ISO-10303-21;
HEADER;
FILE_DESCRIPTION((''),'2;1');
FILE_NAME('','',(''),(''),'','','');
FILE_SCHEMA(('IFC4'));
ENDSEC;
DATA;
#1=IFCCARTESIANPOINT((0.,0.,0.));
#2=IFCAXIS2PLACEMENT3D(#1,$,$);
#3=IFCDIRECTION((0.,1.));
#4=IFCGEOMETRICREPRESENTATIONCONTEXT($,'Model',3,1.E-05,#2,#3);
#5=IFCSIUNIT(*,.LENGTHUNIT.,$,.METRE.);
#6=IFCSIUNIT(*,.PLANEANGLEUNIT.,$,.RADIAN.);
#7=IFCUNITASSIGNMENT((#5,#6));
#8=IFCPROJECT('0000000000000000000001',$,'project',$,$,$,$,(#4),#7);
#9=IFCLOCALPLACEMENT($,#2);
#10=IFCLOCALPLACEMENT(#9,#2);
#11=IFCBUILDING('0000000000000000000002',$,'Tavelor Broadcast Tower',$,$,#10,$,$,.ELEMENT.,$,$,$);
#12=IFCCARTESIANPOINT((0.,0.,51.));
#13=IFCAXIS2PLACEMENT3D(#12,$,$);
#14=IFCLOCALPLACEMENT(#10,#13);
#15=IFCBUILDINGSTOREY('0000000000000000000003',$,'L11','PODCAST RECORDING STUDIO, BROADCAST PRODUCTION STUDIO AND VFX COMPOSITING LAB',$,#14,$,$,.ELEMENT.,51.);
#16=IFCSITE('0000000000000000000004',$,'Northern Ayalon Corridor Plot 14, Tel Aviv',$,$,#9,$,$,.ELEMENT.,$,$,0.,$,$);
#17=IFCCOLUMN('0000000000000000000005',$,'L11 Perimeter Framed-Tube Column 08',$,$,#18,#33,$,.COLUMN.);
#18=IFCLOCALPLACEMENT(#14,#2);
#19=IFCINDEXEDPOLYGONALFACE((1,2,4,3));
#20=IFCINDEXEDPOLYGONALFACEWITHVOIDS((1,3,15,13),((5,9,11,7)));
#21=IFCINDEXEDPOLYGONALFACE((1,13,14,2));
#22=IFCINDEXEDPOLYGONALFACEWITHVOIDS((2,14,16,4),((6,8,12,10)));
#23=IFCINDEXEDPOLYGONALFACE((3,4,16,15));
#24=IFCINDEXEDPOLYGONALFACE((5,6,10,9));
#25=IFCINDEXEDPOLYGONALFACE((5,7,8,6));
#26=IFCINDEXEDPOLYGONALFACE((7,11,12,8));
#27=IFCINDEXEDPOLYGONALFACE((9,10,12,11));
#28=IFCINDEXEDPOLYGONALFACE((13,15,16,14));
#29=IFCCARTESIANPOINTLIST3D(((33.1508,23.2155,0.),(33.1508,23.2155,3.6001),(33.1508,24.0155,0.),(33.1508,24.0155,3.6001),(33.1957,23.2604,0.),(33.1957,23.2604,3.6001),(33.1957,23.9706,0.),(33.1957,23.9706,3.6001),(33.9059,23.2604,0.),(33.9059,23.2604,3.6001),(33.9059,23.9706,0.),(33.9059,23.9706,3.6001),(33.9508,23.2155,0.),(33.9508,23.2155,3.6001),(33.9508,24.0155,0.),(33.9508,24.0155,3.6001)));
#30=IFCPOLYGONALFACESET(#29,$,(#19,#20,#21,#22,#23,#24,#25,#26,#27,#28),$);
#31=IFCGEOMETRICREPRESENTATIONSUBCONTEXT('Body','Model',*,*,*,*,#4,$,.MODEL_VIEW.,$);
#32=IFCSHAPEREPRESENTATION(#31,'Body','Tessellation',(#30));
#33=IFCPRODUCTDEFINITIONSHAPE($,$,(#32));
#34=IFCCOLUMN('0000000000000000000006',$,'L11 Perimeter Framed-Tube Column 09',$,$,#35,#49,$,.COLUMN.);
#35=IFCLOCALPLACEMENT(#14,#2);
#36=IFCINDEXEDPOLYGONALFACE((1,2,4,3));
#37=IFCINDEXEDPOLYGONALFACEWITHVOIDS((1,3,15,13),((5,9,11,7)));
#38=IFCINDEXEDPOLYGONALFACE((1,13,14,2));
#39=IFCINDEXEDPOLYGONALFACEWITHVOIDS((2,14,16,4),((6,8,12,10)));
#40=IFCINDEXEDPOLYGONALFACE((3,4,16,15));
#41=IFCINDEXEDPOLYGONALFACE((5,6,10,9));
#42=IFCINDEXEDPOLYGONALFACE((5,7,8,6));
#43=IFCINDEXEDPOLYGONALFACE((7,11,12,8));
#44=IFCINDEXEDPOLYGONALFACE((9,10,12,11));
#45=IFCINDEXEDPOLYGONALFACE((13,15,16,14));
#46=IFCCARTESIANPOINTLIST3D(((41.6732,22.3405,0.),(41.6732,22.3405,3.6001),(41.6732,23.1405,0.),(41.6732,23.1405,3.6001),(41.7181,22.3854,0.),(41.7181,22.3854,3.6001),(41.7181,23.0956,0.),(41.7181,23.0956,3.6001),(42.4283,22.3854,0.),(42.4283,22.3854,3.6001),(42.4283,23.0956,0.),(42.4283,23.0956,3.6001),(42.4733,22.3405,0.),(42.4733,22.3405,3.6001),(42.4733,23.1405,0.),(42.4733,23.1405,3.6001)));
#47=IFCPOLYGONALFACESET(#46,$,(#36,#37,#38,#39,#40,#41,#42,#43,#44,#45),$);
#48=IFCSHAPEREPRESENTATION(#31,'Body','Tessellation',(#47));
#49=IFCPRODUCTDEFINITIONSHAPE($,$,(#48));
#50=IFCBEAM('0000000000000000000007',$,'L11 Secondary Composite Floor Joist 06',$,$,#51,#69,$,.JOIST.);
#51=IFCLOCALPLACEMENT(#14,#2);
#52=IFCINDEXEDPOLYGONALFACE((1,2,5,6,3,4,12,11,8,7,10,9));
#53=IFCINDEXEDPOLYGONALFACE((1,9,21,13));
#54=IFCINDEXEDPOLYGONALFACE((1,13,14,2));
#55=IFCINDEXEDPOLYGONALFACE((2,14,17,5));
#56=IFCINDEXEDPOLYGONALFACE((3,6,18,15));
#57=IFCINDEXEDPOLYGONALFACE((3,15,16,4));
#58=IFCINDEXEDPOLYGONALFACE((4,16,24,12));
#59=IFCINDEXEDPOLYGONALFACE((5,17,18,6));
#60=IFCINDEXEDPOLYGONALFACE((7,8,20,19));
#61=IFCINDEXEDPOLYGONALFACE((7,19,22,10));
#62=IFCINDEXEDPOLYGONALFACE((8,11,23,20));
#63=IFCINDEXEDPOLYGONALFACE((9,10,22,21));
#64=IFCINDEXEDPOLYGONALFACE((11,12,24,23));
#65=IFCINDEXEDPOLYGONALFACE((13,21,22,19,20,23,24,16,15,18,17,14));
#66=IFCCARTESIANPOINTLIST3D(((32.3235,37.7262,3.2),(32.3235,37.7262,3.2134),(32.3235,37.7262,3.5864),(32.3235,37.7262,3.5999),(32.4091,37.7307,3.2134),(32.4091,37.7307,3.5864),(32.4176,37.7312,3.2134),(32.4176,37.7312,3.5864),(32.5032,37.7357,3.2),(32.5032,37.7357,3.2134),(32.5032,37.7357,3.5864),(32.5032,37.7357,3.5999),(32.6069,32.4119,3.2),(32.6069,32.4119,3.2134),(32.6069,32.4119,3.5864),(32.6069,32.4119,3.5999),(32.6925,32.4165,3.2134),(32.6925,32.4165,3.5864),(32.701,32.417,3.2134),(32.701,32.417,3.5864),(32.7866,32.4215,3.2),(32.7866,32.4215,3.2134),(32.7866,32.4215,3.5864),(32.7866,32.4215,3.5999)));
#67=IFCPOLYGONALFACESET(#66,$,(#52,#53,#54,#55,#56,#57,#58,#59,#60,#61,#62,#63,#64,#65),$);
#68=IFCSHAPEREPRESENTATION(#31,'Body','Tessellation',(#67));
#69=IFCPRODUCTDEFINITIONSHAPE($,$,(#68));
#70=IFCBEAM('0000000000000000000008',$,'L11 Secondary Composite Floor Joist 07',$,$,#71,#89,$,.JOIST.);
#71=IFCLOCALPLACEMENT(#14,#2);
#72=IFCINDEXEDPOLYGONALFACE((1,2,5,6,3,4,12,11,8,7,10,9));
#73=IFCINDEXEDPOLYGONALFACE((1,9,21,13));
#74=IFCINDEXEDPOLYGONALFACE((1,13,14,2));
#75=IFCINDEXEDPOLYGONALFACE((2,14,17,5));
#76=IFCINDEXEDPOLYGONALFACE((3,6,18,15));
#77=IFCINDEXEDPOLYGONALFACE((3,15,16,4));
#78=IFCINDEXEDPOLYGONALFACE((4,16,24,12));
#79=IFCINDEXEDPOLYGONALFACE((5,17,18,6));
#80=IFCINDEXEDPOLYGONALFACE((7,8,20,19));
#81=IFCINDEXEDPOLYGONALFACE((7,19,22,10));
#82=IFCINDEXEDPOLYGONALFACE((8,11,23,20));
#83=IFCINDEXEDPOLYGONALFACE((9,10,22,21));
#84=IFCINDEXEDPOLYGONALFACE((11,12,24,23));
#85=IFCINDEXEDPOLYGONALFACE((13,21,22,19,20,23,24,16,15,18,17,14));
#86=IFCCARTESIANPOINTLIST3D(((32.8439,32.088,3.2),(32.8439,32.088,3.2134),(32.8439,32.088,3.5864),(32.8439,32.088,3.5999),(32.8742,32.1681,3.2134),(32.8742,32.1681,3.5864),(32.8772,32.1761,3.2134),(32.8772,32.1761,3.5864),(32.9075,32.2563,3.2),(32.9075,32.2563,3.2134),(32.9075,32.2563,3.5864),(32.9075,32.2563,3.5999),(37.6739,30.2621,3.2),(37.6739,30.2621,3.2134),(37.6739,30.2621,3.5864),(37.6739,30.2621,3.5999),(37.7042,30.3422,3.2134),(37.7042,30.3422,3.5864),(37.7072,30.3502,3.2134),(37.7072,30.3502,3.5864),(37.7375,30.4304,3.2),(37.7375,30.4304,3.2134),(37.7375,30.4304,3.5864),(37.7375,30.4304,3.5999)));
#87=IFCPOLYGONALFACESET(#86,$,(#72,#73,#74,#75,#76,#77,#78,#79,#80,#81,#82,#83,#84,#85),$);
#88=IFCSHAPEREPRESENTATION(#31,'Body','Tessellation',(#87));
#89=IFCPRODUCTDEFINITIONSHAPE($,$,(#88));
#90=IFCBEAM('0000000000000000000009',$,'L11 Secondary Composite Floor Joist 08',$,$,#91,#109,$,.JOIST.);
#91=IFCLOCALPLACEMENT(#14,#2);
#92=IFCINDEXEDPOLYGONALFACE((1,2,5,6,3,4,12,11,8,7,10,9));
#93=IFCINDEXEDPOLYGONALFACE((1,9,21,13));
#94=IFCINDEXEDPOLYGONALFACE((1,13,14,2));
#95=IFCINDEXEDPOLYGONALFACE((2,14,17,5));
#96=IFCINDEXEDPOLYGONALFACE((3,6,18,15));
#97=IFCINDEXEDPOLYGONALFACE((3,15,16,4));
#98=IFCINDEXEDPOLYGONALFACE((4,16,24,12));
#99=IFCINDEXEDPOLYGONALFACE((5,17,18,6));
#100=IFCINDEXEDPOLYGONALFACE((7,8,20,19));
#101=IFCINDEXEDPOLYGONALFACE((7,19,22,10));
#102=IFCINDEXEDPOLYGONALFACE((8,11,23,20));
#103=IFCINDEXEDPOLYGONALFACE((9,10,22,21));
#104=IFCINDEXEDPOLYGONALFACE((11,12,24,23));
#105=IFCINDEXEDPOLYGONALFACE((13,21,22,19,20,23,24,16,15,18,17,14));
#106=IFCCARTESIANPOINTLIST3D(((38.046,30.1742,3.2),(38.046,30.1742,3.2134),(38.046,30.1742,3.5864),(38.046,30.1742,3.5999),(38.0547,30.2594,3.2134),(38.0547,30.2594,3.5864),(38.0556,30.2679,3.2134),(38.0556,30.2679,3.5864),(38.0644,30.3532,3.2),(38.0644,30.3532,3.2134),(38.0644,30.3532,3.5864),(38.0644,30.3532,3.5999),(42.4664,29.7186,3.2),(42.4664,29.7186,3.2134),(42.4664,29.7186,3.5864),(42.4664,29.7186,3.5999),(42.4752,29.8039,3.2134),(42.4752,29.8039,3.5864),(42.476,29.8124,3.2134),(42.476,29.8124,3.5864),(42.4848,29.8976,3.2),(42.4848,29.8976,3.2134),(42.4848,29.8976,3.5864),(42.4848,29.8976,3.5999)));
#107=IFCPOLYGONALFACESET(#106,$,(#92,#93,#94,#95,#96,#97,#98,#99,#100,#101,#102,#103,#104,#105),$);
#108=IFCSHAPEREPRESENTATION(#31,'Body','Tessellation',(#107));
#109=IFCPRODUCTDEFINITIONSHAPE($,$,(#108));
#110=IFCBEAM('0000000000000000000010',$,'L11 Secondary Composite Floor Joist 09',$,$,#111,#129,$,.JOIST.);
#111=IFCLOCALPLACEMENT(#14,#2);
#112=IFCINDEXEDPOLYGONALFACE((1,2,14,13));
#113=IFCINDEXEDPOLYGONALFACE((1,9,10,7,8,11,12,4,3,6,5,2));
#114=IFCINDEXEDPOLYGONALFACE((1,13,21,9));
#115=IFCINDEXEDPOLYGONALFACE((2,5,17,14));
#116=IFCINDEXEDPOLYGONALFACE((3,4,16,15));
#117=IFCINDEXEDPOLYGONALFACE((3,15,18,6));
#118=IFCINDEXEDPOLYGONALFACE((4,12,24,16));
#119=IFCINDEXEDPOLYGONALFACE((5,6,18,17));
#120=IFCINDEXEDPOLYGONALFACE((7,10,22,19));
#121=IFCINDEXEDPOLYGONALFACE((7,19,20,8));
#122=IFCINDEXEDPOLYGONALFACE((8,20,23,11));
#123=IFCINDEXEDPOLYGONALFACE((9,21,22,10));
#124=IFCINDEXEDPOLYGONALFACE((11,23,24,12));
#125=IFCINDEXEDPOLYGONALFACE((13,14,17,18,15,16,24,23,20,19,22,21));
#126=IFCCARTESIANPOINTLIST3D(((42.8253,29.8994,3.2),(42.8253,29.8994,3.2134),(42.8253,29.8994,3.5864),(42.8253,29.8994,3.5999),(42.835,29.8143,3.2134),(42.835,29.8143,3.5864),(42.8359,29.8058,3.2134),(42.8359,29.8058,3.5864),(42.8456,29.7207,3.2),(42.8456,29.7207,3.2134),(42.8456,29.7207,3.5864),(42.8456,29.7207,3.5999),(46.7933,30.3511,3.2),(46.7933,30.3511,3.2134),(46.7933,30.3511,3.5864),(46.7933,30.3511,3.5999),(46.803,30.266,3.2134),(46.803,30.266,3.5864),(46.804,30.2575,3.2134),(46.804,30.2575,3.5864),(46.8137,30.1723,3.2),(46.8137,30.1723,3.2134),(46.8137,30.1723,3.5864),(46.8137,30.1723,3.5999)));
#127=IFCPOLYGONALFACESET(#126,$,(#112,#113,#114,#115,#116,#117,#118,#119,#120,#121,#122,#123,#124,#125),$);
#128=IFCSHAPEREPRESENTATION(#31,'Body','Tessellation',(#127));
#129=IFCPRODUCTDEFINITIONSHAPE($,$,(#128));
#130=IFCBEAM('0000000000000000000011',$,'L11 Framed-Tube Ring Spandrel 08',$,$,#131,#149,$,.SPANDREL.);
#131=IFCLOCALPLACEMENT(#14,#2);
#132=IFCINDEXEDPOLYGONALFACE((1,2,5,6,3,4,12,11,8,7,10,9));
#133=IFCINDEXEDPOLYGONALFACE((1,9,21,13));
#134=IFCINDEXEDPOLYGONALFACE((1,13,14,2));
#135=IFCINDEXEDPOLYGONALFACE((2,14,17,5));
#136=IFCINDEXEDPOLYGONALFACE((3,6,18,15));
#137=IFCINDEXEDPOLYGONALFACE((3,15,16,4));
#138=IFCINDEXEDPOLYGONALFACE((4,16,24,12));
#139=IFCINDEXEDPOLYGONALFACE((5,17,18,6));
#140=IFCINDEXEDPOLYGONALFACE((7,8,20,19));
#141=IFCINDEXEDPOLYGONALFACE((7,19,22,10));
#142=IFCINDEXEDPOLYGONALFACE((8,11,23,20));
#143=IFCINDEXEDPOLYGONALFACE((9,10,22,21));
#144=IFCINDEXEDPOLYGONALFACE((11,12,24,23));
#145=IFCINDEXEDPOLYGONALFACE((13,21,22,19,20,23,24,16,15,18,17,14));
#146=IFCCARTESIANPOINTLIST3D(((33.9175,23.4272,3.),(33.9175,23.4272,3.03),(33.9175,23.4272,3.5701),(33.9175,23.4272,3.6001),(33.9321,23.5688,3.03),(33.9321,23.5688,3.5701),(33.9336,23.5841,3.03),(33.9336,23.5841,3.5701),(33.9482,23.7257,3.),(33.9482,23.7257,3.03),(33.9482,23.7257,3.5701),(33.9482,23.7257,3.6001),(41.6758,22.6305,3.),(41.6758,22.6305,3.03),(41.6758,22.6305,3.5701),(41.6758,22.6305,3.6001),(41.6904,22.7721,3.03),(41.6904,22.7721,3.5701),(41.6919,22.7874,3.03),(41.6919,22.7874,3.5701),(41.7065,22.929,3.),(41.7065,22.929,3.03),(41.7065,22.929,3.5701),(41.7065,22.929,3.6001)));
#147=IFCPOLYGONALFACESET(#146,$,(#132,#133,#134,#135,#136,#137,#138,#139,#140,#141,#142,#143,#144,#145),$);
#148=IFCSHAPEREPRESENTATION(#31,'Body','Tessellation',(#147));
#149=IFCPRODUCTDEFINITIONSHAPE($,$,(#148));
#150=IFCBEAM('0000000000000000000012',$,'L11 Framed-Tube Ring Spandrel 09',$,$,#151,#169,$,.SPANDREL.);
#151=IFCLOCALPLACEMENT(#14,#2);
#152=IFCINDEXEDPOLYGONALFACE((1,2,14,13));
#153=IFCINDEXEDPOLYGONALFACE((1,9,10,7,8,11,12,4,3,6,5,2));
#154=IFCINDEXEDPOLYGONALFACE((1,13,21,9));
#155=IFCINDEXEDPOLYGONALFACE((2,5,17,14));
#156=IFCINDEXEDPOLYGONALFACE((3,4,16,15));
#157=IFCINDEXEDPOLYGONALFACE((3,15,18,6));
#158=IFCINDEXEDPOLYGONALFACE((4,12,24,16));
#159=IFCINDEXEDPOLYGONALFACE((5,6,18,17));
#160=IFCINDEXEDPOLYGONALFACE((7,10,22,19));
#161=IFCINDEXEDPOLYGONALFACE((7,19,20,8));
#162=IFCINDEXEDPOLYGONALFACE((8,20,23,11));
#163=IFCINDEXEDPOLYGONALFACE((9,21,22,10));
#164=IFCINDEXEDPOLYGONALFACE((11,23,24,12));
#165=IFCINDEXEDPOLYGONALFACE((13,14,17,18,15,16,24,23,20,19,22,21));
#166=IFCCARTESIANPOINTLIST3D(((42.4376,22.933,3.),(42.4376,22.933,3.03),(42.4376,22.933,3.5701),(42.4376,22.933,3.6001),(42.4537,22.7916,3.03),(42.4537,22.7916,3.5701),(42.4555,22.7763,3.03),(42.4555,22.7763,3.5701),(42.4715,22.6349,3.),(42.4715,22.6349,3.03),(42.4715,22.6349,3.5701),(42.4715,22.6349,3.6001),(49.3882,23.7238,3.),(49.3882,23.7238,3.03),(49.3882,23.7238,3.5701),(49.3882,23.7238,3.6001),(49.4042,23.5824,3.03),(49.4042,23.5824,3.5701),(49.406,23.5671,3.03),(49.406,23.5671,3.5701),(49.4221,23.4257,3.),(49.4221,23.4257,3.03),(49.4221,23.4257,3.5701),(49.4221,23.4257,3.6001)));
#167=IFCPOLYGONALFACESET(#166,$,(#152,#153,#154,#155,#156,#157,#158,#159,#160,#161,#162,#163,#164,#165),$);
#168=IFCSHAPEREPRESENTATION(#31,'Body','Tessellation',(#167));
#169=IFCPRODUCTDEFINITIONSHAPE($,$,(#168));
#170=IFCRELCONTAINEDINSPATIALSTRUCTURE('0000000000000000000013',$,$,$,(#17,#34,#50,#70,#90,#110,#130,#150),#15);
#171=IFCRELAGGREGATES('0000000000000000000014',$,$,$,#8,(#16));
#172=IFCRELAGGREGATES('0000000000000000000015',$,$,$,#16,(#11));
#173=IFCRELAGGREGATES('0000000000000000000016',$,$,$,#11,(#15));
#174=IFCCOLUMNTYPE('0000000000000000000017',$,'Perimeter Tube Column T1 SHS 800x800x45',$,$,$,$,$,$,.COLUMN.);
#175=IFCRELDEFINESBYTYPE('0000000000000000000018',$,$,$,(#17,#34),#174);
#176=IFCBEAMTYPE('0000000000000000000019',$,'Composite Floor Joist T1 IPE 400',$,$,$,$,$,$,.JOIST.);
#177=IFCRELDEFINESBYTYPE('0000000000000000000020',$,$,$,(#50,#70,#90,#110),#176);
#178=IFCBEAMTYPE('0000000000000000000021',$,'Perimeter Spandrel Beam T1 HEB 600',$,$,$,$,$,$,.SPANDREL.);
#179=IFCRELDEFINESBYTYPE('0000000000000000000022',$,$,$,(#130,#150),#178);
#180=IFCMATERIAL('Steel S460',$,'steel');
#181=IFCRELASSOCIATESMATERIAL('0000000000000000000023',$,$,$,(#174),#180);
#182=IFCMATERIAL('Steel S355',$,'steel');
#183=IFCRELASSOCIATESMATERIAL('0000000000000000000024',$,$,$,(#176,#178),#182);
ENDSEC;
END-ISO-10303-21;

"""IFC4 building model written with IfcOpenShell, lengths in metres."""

from ifc_helpers import new_model, si_unit, direction, frame, origin, origin_2d, place, context, subcontext, project, spatial, hollow_rectangle, i_section, extrude, material, material_profile, profile_set, type_object, element, save


model = new_model("IFC4")

# Units and contexts
model_context = context("Model", 3, precision=1e-05, world=origin(), true_north=direction((0.0, 1.0)))
body_context = subcontext(model_context, "Body", "Model", "MODEL_VIEW")
ifc_project = project(units=[si_unit("LENGTHUNIT", "METRE"), si_unit("PLANEANGLEUNIT", "RADIAN")], contexts=[model_context])

# Site, building, storey
site_placement = place(None, origin())
site = spatial("IfcSite", under=ifc_project, at=site_placement, Name="Northern Ayalon Corridor Plot 14, Tel Aviv", CompositionType="ELEMENT", RefElevation=0.0)
building_placement = place(site_placement, origin())
building = spatial("IfcBuilding", under=site, at=building_placement, Name="Tavelor Broadcast Tower", CompositionType="ELEMENT")
storey_placement = place(building_placement, frame((0.0, 0.0, 51.0)))
storey = spatial("IfcBuildingStorey", under=building, at=storey_placement, Name="L11", Description="PODCAST RECORDING STUDIO, BROADCAST PRODUCTION STUDIO AND VFX COMPOSITING LAB", CompositionType="ELEMENT", Elevation=51.0)

# Columns
ifc_material_1 = material(Name="Steel S460", Category="steel")
ifc_material_profile_1 = material_profile(ifc_material_1, hollow_rectangle(XDim=0.8, YDim=0.8, WallThickness=0.0449, at=origin_2d()), Name="SHS 800x800x45")
ifc_profile_set_1 = profile_set([ifc_material_profile_1], Name="Steel S460")
column_type = type_object("IfcColumnType", Name="Perimeter Tube Column T1 SHS 800x800x45", PredefinedType="COLUMN", material=ifc_profile_set_1)
for number, where, z_axis, x_axis, name in (
    (1, (33.5508, 23.6155, 0.0), (0.0, 0.0, 1.0), (1.0, 0.0, 0.0), "L11 Perimeter Framed-Tube Column 08"),
    (2, (42.0732, 22.7405, 0.0), (0.0, 0.0, 1.0), (1.0, 0.0, 0.0), "L11 Perimeter Framed-Tube Column 09"),
):
    element("IfcColumn", number, at=place(storey_placement, frame(where, z_axis=z_axis, x_axis=x_axis)), inside=storey, type_object=column_type, Name=name, PredefinedType="COLUMN", context=body_context, shape_type="SweptSolid", body=[
        extrude(hollow_rectangle(XDim=0.8, YDim=0.8, WallThickness=0.0449, at=origin_2d()), origin(), (0.0, 0.0, 1.0), 3.6001),
    ])

# Beams
ifc_material_2 = material(Name="Steel S355", Category="steel")
ifc_material_profile_2 = material_profile(ifc_material_2, i_section(OverallWidth=0.1799, OverallDepth=0.3999, WebThickness=0.0085, FlangeThickness=0.0134, at=origin_2d()), Name="IPE 400")
ifc_profile_set_2 = profile_set([ifc_material_profile_2], Name="Steel S355")
beam_type_1 = type_object("IfcBeamType", Name="Composite Floor Joist T1 IPE 400", PredefinedType="JOIST", material=ifc_profile_set_2)
beam_1_placement = place(storey_placement, frame((32.4133, 37.731, 3.3999), z_axis=(0.053262, -0.998581, 0.0), x_axis=(0.998581, 0.053262, 0.0)))
element("IfcBeam", 3, at=beam_1_placement, inside=storey, type_object=beam_type_1, Name="L11 Secondary Composite Floor Joist 06", PredefinedType="JOIST", context=body_context, shape_type="SweptSolid", body=[
    extrude(i_section(OverallWidth=0.1799, OverallDepth=0.3999, WebThickness=0.0085, FlangeThickness=0.0134, at=origin_2d()), origin(), (0.0, 0.0, 1.0), 5.3218),
])
beam_2_placement = place(storey_placement, frame((32.8757, 32.1721, 3.3999), z_axis=(0.935393, -0.353609, 0.0), x_axis=(0.353609, 0.935393, 0.0)))
element("IfcBeam", 4, at=beam_2_placement, inside=storey, type_object=beam_type_1, Name="L11 Secondary Composite Floor Joist 07", PredefinedType="JOIST", context=body_context, shape_type="SweptSolid", body=[
    extrude(i_section(OverallWidth=0.1799, OverallDepth=0.3999, WebThickness=0.0085, FlangeThickness=0.0134, at=origin_2d()), origin(), (0.0, 0.0, 1.0), 5.1636),
])
beam_3_placement = place(storey_placement, frame((38.0552, 30.2637, 3.3999), z_axis=(0.994731, -0.102517, 0.0), x_axis=(0.102517, 0.994731, 0.0)))
element("IfcBeam", 5, at=beam_3_placement, inside=storey, type_object=beam_type_1, Name="L11 Secondary Composite Floor Joist 08", PredefinedType="JOIST", context=body_context, shape_type="SweptSolid", body=[
    extrude(i_section(OverallWidth=0.1799, OverallDepth=0.3999, WebThickness=0.0085, FlangeThickness=0.0134, at=origin_2d()), origin(), (0.0, 0.0, 1.0), 4.4438),
])
beam_4_placement = place(storey_placement, frame((42.8354, 29.8101, 3.3999), z_axis=(0.993584, 0.113095, 0.0), x_axis=(-0.113095, 0.993584, 0.0)))
element("IfcBeam", 6, at=beam_4_placement, inside=storey, type_object=beam_type_1, Name="L11 Secondary Composite Floor Joist 09", PredefinedType="JOIST", context=body_context, shape_type="SweptSolid", body=[
    extrude(i_section(OverallWidth=0.1799, OverallDepth=0.3999, WebThickness=0.0085, FlangeThickness=0.0134, at=origin_2d()), origin(), (0.0, 0.0, 1.0), 3.9937),
])
ifc_material_profile_3 = material_profile(ifc_material_2, i_section(OverallWidth=0.3, OverallDepth=0.6001, WebThickness=0.0154, FlangeThickness=0.03, at=origin_2d()), Name="HEB 600")
ifc_profile_set_3 = profile_set([ifc_material_profile_3], Name="Steel S355")
beam_type_2 = type_object("IfcBeamType", Name="Perimeter Spandrel Beam T1 HEB 600", PredefinedType="SPANDREL", material=ifc_profile_set_3)
beam_5_placement = place(storey_placement, frame((33.9329, 23.5764, 3.3), z_axis=(0.99477, -0.102144, 0.0), x_axis=(0.102144, 0.99477, 0.0)))
element("IfcBeam", 7, at=beam_5_placement, inside=storey, type_object=beam_type_2, Name="L11 Framed-Tube Ring Spandrel 08", PredefinedType="SPANDREL", context=body_context, shape_type="SweptSolid", body=[
    extrude(i_section(OverallWidth=0.3, OverallDepth=0.6001, WebThickness=0.0154, FlangeThickness=0.03, at=origin_2d()), origin(), (0.0, 0.0, 1.0), 7.7991),
])
beam_6_placement = place(storey_placement, frame((42.4546, 22.7839, 3.3), z_axis=(0.99359, 0.113044, 0.0), x_axis=(-0.113044, 0.99359, 0.0)))
element("IfcBeam", 8, at=beam_6_placement, inside=storey, type_object=beam_type_2, Name="L11 Framed-Tube Ring Spandrel 09", PredefinedType="SPANDREL", context=body_context, shape_type="SweptSolid", body=[
    extrude(i_section(OverallWidth=0.3, OverallDepth=0.6001, WebThickness=0.0154, FlangeThickness=0.03, at=origin_2d()), origin(), (0.0, 0.0, 1.0), 6.9954),
])

save(model, "model.ifc")
